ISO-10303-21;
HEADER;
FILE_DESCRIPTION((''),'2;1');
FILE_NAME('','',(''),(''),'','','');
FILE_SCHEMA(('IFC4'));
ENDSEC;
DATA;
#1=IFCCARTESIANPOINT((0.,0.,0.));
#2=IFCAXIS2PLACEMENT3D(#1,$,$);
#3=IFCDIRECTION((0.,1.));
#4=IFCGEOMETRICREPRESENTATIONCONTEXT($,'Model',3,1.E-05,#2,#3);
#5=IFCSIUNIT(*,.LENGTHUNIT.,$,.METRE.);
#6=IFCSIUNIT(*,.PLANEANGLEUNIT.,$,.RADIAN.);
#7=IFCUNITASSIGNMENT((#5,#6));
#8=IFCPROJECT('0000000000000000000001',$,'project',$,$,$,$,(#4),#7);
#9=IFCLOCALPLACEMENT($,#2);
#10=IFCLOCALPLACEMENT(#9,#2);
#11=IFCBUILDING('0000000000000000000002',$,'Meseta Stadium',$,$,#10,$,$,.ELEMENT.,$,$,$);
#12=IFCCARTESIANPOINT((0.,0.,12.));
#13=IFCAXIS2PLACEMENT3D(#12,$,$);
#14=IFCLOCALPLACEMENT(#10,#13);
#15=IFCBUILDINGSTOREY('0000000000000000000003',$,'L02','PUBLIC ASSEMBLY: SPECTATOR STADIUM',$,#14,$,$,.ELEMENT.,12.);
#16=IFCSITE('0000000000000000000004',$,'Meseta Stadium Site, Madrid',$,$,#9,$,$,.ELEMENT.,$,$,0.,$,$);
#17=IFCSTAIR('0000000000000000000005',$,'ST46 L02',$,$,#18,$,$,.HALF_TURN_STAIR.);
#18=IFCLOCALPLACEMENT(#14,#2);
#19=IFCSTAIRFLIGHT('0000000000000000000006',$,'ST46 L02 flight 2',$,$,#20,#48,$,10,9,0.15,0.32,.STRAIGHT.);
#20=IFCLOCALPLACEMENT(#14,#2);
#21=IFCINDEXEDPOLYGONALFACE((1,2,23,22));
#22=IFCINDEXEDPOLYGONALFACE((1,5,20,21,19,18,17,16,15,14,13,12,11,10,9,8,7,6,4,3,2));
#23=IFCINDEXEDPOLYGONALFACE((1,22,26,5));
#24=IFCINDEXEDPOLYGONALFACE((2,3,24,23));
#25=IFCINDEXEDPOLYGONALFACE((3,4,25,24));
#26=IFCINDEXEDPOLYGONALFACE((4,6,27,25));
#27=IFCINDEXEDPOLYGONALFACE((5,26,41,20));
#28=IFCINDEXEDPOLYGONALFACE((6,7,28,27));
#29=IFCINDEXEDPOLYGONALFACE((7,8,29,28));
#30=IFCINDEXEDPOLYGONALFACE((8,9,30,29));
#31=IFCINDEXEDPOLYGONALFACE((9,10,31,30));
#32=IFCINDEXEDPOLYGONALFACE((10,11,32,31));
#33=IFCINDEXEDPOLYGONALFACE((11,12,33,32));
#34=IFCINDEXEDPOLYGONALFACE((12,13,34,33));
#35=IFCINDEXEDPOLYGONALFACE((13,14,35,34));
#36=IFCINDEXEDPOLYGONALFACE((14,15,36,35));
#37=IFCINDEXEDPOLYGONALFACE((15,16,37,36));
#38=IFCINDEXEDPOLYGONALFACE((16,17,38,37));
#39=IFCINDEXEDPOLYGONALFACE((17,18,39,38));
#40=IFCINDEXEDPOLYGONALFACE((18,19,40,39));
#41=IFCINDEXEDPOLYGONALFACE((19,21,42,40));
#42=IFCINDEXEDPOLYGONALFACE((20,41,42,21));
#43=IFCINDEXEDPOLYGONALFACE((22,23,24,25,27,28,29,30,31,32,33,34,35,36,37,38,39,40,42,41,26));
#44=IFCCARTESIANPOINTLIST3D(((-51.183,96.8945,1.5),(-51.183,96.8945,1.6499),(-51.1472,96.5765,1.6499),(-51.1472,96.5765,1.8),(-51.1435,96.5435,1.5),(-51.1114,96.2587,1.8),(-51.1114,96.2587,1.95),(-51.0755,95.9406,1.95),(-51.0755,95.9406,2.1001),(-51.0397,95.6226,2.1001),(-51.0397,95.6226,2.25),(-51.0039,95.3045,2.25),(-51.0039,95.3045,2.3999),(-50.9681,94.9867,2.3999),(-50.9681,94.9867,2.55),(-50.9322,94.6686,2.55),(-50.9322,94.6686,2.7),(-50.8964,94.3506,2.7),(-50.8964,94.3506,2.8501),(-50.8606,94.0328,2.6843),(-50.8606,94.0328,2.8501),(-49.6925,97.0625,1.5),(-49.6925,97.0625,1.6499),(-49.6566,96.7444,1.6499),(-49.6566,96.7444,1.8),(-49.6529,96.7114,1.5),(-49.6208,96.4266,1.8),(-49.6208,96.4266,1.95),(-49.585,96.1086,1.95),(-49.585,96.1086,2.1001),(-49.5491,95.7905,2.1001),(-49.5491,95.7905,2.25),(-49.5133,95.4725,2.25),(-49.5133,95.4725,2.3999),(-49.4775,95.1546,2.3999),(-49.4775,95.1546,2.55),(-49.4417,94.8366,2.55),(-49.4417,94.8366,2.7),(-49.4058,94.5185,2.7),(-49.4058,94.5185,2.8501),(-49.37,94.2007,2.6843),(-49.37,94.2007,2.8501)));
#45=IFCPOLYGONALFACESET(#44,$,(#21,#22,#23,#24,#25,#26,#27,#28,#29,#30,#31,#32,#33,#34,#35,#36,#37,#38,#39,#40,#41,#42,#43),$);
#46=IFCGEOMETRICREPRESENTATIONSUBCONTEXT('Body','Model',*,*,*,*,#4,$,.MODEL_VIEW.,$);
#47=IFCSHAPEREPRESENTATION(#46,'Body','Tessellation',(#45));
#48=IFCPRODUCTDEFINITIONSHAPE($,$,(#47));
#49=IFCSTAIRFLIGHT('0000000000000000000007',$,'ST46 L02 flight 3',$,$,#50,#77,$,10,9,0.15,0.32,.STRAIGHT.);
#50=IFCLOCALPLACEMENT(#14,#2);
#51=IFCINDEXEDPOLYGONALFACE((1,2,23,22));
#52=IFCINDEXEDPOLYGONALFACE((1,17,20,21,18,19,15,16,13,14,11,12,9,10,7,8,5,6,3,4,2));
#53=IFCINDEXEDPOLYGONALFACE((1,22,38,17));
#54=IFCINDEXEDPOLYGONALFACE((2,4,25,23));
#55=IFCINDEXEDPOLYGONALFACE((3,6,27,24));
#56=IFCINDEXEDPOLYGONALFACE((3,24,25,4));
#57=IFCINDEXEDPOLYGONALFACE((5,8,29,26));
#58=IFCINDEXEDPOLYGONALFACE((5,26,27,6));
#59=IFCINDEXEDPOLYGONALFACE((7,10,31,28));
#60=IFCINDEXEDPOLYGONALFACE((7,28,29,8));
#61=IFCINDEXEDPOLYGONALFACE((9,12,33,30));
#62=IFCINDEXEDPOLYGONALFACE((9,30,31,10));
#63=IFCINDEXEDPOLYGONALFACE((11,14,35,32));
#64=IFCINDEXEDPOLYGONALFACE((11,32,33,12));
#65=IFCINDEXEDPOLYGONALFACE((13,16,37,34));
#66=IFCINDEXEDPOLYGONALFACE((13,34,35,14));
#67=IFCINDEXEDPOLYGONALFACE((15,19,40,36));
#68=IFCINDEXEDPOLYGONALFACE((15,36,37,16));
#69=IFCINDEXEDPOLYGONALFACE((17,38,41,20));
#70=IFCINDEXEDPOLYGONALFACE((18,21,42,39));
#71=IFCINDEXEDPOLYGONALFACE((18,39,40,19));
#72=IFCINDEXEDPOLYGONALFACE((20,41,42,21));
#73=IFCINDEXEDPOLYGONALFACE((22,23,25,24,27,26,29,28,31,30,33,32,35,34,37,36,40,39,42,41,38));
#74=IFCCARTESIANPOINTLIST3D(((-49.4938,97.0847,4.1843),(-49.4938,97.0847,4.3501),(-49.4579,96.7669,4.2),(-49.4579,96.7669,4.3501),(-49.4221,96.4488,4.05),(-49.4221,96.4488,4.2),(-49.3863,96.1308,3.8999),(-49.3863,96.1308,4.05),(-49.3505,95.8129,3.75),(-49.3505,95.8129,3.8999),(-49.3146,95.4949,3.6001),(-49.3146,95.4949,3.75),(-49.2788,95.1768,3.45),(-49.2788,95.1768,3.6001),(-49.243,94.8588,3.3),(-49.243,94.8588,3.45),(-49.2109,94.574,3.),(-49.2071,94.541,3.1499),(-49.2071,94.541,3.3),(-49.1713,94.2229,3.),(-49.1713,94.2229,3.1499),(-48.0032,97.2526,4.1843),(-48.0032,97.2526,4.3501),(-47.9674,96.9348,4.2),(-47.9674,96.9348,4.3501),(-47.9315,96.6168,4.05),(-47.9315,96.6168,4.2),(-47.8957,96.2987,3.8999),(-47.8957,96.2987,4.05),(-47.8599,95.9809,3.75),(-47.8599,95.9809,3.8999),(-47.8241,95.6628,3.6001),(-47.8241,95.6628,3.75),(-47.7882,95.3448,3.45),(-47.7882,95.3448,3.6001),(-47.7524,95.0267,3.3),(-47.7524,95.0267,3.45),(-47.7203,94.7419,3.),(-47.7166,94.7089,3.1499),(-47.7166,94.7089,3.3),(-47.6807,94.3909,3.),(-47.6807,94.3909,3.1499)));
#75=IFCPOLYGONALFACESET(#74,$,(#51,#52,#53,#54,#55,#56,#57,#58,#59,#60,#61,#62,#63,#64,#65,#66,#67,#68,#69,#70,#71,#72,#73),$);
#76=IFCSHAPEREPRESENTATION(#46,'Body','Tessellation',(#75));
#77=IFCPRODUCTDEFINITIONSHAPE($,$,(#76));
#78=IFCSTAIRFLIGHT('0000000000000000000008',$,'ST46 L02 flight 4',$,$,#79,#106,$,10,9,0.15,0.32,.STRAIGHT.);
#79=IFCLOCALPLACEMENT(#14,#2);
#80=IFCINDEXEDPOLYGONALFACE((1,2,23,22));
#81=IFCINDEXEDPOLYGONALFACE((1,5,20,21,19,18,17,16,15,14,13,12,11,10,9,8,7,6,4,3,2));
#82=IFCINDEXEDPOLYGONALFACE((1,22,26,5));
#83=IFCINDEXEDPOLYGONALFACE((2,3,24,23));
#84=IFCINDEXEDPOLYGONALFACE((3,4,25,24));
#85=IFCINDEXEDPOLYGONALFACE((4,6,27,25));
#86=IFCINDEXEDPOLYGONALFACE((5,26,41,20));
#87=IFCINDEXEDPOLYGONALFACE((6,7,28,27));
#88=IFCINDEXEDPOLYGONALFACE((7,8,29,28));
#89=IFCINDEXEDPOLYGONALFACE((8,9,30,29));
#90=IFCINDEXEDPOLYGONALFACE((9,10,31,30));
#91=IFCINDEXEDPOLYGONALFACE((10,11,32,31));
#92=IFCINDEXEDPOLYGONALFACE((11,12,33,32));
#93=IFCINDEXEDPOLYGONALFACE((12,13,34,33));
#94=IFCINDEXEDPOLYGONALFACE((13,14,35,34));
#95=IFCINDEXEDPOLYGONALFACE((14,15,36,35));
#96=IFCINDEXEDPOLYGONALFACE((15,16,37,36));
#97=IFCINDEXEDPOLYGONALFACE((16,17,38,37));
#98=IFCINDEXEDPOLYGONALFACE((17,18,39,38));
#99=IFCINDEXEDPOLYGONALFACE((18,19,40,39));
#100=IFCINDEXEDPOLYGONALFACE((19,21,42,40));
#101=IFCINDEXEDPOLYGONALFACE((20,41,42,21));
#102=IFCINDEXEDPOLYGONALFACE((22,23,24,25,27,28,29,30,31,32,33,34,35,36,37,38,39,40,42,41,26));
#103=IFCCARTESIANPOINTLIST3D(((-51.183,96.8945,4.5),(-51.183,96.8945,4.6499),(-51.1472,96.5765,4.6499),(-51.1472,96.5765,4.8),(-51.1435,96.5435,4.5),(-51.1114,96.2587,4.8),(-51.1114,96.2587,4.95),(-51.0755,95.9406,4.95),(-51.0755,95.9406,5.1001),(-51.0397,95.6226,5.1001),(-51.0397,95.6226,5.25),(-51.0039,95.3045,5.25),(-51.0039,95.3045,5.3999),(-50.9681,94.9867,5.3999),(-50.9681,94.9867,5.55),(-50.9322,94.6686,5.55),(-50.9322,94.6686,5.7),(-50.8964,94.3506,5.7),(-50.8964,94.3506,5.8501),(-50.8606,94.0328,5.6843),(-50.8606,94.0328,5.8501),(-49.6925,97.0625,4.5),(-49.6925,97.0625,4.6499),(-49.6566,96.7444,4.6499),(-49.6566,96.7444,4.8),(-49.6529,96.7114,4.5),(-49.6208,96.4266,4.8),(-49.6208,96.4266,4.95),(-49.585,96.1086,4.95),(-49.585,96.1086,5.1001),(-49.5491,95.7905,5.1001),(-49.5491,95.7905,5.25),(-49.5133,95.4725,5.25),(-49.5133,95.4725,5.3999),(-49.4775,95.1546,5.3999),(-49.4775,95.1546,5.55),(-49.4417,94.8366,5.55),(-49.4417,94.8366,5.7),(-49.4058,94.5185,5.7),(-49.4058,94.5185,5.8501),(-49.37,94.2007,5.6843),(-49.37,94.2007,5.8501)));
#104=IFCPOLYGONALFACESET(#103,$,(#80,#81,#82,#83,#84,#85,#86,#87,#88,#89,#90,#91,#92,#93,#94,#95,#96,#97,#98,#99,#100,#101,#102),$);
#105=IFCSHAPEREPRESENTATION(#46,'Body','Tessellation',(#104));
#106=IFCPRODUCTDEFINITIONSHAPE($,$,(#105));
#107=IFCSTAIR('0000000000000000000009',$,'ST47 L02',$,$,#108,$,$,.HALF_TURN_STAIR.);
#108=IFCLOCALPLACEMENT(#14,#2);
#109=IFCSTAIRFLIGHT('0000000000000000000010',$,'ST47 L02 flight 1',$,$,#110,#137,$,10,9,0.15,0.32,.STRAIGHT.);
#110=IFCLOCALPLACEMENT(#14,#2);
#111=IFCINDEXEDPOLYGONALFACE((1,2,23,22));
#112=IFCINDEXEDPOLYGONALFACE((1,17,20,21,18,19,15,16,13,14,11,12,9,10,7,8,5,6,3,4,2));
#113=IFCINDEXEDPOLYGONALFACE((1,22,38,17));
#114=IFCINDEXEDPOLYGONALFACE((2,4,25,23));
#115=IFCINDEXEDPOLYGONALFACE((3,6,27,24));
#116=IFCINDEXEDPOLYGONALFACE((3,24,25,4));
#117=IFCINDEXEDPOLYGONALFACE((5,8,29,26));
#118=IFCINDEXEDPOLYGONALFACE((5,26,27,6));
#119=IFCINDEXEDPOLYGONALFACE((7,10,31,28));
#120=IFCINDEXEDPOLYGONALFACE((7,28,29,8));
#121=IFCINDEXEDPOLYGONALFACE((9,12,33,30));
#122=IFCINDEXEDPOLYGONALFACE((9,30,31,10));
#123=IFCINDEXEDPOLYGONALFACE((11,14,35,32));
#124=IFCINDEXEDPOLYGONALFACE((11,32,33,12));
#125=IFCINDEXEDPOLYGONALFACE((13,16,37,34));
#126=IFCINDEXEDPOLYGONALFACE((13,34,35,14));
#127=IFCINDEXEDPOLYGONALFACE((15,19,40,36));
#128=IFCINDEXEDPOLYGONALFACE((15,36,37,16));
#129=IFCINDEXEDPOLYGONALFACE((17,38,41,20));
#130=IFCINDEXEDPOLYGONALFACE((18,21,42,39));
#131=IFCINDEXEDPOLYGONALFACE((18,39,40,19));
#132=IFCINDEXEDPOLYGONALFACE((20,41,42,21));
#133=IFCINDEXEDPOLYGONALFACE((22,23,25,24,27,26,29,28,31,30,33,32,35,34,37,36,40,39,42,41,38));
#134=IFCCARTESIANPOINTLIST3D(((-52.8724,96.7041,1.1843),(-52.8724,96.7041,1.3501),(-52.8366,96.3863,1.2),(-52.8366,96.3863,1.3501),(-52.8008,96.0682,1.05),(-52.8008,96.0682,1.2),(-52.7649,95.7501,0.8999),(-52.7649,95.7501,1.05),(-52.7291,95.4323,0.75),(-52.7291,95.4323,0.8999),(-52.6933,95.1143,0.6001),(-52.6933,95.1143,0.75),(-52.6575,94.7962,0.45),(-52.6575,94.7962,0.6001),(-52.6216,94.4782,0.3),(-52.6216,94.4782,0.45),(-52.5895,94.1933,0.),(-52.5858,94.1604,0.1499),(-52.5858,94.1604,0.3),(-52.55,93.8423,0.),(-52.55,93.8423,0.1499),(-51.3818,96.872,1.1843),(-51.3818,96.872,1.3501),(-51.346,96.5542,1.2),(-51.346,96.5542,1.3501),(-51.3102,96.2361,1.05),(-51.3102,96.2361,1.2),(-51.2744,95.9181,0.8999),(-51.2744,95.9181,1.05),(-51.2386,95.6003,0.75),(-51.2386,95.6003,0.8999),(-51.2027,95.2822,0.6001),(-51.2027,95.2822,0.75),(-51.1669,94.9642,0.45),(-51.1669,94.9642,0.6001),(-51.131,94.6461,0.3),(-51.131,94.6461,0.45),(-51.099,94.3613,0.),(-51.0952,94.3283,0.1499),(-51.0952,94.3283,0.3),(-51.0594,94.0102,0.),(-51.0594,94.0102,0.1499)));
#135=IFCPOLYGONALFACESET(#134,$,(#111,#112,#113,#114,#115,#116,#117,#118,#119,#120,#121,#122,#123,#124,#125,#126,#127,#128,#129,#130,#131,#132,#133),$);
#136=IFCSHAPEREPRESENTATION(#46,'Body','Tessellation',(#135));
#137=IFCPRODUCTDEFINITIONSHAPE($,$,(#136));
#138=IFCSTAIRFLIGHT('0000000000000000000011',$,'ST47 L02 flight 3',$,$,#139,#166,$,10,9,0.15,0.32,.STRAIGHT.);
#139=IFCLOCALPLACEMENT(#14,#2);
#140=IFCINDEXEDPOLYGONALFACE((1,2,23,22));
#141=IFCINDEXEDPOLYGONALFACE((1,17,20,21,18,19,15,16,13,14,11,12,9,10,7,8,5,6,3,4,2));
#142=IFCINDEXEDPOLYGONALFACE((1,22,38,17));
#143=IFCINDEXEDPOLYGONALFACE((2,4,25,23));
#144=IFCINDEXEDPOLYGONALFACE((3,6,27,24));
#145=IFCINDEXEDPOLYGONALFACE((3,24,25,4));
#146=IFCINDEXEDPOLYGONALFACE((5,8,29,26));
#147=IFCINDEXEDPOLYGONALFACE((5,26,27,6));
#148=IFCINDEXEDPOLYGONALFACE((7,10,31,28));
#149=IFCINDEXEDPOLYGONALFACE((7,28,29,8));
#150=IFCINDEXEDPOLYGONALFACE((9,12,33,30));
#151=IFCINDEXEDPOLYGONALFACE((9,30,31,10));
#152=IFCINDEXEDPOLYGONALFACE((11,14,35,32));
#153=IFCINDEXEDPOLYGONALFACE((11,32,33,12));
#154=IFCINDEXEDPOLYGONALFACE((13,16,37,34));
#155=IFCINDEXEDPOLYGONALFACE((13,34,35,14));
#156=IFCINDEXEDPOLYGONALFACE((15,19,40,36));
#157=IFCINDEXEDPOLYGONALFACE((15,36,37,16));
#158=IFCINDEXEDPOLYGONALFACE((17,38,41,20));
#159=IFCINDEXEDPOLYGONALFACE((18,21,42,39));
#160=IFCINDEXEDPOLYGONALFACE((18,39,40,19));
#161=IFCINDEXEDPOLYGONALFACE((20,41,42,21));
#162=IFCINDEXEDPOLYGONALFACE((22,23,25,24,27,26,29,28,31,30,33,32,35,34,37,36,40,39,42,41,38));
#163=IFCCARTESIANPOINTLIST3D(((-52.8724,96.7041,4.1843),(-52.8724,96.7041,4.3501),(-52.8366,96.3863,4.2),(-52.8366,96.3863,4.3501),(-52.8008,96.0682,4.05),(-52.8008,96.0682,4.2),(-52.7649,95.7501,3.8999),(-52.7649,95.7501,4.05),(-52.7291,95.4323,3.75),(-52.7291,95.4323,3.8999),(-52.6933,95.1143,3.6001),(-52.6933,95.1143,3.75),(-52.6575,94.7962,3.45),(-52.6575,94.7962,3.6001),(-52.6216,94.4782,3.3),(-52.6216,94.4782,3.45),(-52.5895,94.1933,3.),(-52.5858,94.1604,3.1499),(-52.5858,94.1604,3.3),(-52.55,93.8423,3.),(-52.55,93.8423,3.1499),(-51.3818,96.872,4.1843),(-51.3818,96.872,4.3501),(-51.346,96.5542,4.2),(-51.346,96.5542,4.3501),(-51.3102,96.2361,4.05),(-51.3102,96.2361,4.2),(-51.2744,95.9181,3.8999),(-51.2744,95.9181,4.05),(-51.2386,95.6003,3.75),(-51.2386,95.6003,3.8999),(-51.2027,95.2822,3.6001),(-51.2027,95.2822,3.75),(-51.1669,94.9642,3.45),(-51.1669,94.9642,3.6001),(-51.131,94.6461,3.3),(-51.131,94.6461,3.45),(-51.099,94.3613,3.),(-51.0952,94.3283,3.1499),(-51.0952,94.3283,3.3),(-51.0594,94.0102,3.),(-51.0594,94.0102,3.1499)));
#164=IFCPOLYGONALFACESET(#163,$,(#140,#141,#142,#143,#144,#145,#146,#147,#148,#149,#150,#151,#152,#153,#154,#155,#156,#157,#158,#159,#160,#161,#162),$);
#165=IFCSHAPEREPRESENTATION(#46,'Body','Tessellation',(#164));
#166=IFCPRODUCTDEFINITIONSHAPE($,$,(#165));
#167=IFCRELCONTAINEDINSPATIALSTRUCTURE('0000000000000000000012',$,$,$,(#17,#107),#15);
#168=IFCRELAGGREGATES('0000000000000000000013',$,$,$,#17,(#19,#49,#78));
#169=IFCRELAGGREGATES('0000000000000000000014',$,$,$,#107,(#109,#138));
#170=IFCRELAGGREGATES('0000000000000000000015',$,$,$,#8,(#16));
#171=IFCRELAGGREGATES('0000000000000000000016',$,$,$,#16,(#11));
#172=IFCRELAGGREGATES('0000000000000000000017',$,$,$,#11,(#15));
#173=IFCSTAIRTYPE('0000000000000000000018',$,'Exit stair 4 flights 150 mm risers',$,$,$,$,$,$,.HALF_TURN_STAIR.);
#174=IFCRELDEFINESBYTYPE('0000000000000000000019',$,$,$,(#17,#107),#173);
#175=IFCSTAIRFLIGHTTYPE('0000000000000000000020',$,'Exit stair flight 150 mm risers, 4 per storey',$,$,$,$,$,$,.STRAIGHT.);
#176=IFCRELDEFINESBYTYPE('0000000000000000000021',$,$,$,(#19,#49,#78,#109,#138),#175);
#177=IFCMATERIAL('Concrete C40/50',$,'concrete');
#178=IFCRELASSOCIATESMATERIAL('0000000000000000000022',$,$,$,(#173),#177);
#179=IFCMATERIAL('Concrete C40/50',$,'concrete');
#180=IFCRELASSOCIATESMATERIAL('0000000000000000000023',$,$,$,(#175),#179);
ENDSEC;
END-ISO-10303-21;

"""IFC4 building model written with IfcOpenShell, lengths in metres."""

from ifc_helpers import new_model, si_unit, direction, frame, origin, place, context, subcontext, project, spatial, polyline, outline, extrude, material, type_object, element, aggregate, save


model = new_model("IFC4")

# Units and contexts
model_context = context("Model", 3, precision=1e-05, world=origin(), true_north=direction((0.0, 1.0)))
body_context = subcontext(model_context, "Body", "Model", "MODEL_VIEW")
ifc_project = project(units=[si_unit("LENGTHUNIT", "METRE"), si_unit("PLANEANGLEUNIT", "RADIAN")], contexts=[model_context])

# Site, building, storey
site_placement = place(None, origin())
site = spatial("IfcSite", under=ifc_project, at=site_placement, Name="Meseta Stadium Site, Madrid", CompositionType="ELEMENT", RefElevation=0.0)
building_placement = place(site_placement, origin())
building = spatial("IfcBuilding", under=site, at=building_placement, Name="Meseta Stadium", CompositionType="ELEMENT")
storey_placement = place(building_placement, frame((0.0, 0.0, 12.0)))
storey = spatial("IfcBuildingStorey", under=building, at=storey_placement, Name="L02", Description="PUBLIC ASSEMBLY: SPECTATOR STADIUM", CompositionType="ELEMENT", Elevation=12.0)

# Shared definitions
ifc_material_1 = material(Name="Concrete C40/50", Category="concrete")
stair_type = type_object("IfcStairType", Name="Exit stair 4 flights 150 mm risers", PredefinedType="HALF_TURN_STAIR", material=ifc_material_1)
ifc_material_2 = material(Name="Concrete C40/50", Category="concrete")
stair_flight_type = type_object("IfcStairFlightType", Name="Exit stair flight 150 mm risers, 4 per storey", PredefinedType="STRAIGHT", material=ifc_material_2)

# Stairs, stair flights
stair_1_placement = place(storey_placement, origin())
stair_1 = element("IfcStair", 1, at=stair_1_placement, inside=storey, type_object=stair_type, Name="ST46 L02", PredefinedType="HALF_TURN_STAIR")
stair_flight_1_placement = place(storey_placement, frame((-50.4377, 96.9785, 1.5), z_axis=(0.0, 0.0, 1.0), x_axis=(0.111964, -0.993712, 0.0)))
stair_flight_1 = element("IfcStairFlight", 2, at=stair_flight_1_placement, type_object=stair_flight_type, Name="ST46 L02 flight 2", NumberOfRisers=10, NumberOfTreads=9, PredefinedType="STRAIGHT", RiserHeight=0.15, TreadLength=0.32, context=body_context, shape_type="SweptSolid", body=[
    extrude(outline(polyline([(0.0, 0.0), (0.0, 0.1499), (0.3201, 0.1499), (0.3201, 0.3), (0.6399, 0.3), (0.6399, 0.45), (0.96, 0.45), (0.96, 0.6001), (1.28, 0.6001), (1.28, 0.75), (1.6001, 0.75), (1.6001, 0.8999), (1.9199, 0.8999), (1.9199, 1.05), (2.24, 1.05), (2.24, 1.2), (2.5601, 1.2), (2.5601, 1.3501), (2.8799, 1.3501), (2.8799, 1.1843), (0.3533, 0.0), (0.0, 0.0)])), frame((0.0, 0.75, 0.0), z_axis=(0.0, -1.0, 0.0), x_axis=(1.0, 0.0, 0.0)), (0.0, 0.0, 1.0), 1.5),
])
stair_flight_2_placement = place(storey_placement, frame((-48.426, 94.3069, 3.0), z_axis=(0.0, 0.0, 1.0), x_axis=(-0.111964, 0.993712, 0.0)))
stair_flight_2 = element("IfcStairFlight", 3, at=stair_flight_2_placement, type_object=stair_flight_type, Name="ST46 L02 flight 3", NumberOfRisers=10, NumberOfTreads=9, PredefinedType="STRAIGHT", RiserHeight=0.15, TreadLength=0.32, context=body_context, shape_type="SweptSolid", body=[
    extrude(outline(polyline([(0.0, 0.0), (0.0, 0.1499), (0.3201, 0.1499), (0.3201, 0.3), (0.6399, 0.3), (0.6399, 0.45), (0.96, 0.45), (0.96, 0.6001), (1.28, 0.6001), (1.28, 0.75), (1.6001, 0.75), (1.6001, 0.8999), (1.9199, 0.8999), (1.9199, 1.05), (2.24, 1.05), (2.24, 1.2), (2.5601, 1.2), (2.5601, 1.3501), (2.8799, 1.3501), (2.8799, 1.1843), (0.3533, 0.0), (0.0, 0.0)])), frame((0.0, 0.75, 0.0), z_axis=(0.0, -1.0, 0.0), x_axis=(1.0, 0.0, 0.0)), (0.0, 0.0, 1.0), 1.5),
])
stair_flight_3_placement = place(storey_placement, frame((-50.4377, 96.9785, 4.5), z_axis=(0.0, 0.0, 1.0), x_axis=(0.111964, -0.993712, 0.0)))
stair_flight_3 = element("IfcStairFlight", 4, at=stair_flight_3_placement, type_object=stair_flight_type, Name="ST46 L02 flight 4", NumberOfRisers=10, NumberOfTreads=9, PredefinedType="STRAIGHT", RiserHeight=0.15, TreadLength=0.32, context=body_context, shape_type="SweptSolid", body=[
    extrude(outline(polyline([(0.0, 0.0), (0.0, 0.1499), (0.3201, 0.1499), (0.3201, 0.3), (0.6399, 0.3), (0.6399, 0.45), (0.96, 0.45), (0.96, 0.6001), (1.28, 0.6001), (1.28, 0.75), (1.6001, 0.75), (1.6001, 0.8999), (1.9199, 0.8999), (1.9199, 1.05), (2.24, 1.05), (2.24, 1.2), (2.5601, 1.2), (2.5601, 1.3501), (2.8799, 1.3501), (2.8799, 1.1843), (0.3533, 0.0), (0.0, 0.0)])), frame((0.0, 0.75, 0.0), z_axis=(0.0, -1.0, 0.0), x_axis=(1.0, 0.0, 0.0)), (0.0, 0.0, 1.0), 1.5),
])
aggregate(stair_1, [stair_flight_1, stair_flight_2, stair_flight_3])
stair_2_placement = place(storey_placement, origin())
stair_2 = element("IfcStair", 5, at=stair_2_placement, inside=storey, type_object=stair_type, Name="ST47 L02", PredefinedType="HALF_TURN_STAIR")
stair_flight_4_placement = place(storey_placement, frame((-51.8047, 93.9263, 0.0), z_axis=(0.0, 0.0, 1.0), x_axis=(-0.111964, 0.993712, 0.0)))
stair_flight_4 = element("IfcStairFlight", 6, at=stair_flight_4_placement, type_object=stair_flight_type, Name="ST47 L02 flight 1", NumberOfRisers=10, NumberOfTreads=9, PredefinedType="STRAIGHT", RiserHeight=0.15, TreadLength=0.32, context=body_context, shape_type="SweptSolid", body=[
    extrude(outline(polyline([(0.0, 0.0), (0.0, 0.1499), (0.3201, 0.1499), (0.3201, 0.3), (0.6399, 0.3), (0.6399, 0.45), (0.96, 0.45), (0.96, 0.6001), (1.28, 0.6001), (1.28, 0.75), (1.6001, 0.75), (1.6001, 0.8999), (1.9199, 0.8999), (1.9199, 1.05), (2.24, 1.05), (2.24, 1.2), (2.5601, 1.2), (2.5601, 1.3501), (2.8799, 1.3501), (2.8799, 1.1843), (0.3533, 0.0), (0.0, 0.0)])), frame((0.0, 0.75, 0.0), z_axis=(0.0, -1.0, 0.0), x_axis=(1.0, 0.0, 0.0)), (0.0, 0.0, 1.0), 1.5),
])
stair_flight_5_placement = place(storey_placement, frame((-51.8047, 93.9263, 3.0), z_axis=(0.0, 0.0, 1.0), x_axis=(-0.111964, 0.993712, 0.0)))
stair_flight_5 = element("IfcStairFlight", 7, at=stair_flight_5_placement, type_object=stair_flight_type, Name="ST47 L02 flight 3", NumberOfRisers=10, NumberOfTreads=9, PredefinedType="STRAIGHT", RiserHeight=0.15, TreadLength=0.32, context=body_context, shape_type="SweptSolid", body=[
    extrude(outline(polyline([(0.0, 0.0), (0.0, 0.1499), (0.3201, 0.1499), (0.3201, 0.3), (0.6399, 0.3), (0.6399, 0.45), (0.96, 0.45), (0.96, 0.6001), (1.28, 0.6001), (1.28, 0.75), (1.6001, 0.75), (1.6001, 0.8999), (1.9199, 0.8999), (1.9199, 1.05), (2.24, 1.05), (2.24, 1.2), (2.5601, 1.2), (2.5601, 1.3501), (2.8799, 1.3501), (2.8799, 1.1843), (0.3533, 0.0), (0.0, 0.0)])), frame((0.0, 0.75, 0.0), z_axis=(0.0, -1.0, 0.0), x_axis=(1.0, 0.0, 0.0)), (0.0, 0.0, 1.0), 1.5),
])
aggregate(stair_2, [stair_flight_4, stair_flight_5])

save(model, "model.ifc")
